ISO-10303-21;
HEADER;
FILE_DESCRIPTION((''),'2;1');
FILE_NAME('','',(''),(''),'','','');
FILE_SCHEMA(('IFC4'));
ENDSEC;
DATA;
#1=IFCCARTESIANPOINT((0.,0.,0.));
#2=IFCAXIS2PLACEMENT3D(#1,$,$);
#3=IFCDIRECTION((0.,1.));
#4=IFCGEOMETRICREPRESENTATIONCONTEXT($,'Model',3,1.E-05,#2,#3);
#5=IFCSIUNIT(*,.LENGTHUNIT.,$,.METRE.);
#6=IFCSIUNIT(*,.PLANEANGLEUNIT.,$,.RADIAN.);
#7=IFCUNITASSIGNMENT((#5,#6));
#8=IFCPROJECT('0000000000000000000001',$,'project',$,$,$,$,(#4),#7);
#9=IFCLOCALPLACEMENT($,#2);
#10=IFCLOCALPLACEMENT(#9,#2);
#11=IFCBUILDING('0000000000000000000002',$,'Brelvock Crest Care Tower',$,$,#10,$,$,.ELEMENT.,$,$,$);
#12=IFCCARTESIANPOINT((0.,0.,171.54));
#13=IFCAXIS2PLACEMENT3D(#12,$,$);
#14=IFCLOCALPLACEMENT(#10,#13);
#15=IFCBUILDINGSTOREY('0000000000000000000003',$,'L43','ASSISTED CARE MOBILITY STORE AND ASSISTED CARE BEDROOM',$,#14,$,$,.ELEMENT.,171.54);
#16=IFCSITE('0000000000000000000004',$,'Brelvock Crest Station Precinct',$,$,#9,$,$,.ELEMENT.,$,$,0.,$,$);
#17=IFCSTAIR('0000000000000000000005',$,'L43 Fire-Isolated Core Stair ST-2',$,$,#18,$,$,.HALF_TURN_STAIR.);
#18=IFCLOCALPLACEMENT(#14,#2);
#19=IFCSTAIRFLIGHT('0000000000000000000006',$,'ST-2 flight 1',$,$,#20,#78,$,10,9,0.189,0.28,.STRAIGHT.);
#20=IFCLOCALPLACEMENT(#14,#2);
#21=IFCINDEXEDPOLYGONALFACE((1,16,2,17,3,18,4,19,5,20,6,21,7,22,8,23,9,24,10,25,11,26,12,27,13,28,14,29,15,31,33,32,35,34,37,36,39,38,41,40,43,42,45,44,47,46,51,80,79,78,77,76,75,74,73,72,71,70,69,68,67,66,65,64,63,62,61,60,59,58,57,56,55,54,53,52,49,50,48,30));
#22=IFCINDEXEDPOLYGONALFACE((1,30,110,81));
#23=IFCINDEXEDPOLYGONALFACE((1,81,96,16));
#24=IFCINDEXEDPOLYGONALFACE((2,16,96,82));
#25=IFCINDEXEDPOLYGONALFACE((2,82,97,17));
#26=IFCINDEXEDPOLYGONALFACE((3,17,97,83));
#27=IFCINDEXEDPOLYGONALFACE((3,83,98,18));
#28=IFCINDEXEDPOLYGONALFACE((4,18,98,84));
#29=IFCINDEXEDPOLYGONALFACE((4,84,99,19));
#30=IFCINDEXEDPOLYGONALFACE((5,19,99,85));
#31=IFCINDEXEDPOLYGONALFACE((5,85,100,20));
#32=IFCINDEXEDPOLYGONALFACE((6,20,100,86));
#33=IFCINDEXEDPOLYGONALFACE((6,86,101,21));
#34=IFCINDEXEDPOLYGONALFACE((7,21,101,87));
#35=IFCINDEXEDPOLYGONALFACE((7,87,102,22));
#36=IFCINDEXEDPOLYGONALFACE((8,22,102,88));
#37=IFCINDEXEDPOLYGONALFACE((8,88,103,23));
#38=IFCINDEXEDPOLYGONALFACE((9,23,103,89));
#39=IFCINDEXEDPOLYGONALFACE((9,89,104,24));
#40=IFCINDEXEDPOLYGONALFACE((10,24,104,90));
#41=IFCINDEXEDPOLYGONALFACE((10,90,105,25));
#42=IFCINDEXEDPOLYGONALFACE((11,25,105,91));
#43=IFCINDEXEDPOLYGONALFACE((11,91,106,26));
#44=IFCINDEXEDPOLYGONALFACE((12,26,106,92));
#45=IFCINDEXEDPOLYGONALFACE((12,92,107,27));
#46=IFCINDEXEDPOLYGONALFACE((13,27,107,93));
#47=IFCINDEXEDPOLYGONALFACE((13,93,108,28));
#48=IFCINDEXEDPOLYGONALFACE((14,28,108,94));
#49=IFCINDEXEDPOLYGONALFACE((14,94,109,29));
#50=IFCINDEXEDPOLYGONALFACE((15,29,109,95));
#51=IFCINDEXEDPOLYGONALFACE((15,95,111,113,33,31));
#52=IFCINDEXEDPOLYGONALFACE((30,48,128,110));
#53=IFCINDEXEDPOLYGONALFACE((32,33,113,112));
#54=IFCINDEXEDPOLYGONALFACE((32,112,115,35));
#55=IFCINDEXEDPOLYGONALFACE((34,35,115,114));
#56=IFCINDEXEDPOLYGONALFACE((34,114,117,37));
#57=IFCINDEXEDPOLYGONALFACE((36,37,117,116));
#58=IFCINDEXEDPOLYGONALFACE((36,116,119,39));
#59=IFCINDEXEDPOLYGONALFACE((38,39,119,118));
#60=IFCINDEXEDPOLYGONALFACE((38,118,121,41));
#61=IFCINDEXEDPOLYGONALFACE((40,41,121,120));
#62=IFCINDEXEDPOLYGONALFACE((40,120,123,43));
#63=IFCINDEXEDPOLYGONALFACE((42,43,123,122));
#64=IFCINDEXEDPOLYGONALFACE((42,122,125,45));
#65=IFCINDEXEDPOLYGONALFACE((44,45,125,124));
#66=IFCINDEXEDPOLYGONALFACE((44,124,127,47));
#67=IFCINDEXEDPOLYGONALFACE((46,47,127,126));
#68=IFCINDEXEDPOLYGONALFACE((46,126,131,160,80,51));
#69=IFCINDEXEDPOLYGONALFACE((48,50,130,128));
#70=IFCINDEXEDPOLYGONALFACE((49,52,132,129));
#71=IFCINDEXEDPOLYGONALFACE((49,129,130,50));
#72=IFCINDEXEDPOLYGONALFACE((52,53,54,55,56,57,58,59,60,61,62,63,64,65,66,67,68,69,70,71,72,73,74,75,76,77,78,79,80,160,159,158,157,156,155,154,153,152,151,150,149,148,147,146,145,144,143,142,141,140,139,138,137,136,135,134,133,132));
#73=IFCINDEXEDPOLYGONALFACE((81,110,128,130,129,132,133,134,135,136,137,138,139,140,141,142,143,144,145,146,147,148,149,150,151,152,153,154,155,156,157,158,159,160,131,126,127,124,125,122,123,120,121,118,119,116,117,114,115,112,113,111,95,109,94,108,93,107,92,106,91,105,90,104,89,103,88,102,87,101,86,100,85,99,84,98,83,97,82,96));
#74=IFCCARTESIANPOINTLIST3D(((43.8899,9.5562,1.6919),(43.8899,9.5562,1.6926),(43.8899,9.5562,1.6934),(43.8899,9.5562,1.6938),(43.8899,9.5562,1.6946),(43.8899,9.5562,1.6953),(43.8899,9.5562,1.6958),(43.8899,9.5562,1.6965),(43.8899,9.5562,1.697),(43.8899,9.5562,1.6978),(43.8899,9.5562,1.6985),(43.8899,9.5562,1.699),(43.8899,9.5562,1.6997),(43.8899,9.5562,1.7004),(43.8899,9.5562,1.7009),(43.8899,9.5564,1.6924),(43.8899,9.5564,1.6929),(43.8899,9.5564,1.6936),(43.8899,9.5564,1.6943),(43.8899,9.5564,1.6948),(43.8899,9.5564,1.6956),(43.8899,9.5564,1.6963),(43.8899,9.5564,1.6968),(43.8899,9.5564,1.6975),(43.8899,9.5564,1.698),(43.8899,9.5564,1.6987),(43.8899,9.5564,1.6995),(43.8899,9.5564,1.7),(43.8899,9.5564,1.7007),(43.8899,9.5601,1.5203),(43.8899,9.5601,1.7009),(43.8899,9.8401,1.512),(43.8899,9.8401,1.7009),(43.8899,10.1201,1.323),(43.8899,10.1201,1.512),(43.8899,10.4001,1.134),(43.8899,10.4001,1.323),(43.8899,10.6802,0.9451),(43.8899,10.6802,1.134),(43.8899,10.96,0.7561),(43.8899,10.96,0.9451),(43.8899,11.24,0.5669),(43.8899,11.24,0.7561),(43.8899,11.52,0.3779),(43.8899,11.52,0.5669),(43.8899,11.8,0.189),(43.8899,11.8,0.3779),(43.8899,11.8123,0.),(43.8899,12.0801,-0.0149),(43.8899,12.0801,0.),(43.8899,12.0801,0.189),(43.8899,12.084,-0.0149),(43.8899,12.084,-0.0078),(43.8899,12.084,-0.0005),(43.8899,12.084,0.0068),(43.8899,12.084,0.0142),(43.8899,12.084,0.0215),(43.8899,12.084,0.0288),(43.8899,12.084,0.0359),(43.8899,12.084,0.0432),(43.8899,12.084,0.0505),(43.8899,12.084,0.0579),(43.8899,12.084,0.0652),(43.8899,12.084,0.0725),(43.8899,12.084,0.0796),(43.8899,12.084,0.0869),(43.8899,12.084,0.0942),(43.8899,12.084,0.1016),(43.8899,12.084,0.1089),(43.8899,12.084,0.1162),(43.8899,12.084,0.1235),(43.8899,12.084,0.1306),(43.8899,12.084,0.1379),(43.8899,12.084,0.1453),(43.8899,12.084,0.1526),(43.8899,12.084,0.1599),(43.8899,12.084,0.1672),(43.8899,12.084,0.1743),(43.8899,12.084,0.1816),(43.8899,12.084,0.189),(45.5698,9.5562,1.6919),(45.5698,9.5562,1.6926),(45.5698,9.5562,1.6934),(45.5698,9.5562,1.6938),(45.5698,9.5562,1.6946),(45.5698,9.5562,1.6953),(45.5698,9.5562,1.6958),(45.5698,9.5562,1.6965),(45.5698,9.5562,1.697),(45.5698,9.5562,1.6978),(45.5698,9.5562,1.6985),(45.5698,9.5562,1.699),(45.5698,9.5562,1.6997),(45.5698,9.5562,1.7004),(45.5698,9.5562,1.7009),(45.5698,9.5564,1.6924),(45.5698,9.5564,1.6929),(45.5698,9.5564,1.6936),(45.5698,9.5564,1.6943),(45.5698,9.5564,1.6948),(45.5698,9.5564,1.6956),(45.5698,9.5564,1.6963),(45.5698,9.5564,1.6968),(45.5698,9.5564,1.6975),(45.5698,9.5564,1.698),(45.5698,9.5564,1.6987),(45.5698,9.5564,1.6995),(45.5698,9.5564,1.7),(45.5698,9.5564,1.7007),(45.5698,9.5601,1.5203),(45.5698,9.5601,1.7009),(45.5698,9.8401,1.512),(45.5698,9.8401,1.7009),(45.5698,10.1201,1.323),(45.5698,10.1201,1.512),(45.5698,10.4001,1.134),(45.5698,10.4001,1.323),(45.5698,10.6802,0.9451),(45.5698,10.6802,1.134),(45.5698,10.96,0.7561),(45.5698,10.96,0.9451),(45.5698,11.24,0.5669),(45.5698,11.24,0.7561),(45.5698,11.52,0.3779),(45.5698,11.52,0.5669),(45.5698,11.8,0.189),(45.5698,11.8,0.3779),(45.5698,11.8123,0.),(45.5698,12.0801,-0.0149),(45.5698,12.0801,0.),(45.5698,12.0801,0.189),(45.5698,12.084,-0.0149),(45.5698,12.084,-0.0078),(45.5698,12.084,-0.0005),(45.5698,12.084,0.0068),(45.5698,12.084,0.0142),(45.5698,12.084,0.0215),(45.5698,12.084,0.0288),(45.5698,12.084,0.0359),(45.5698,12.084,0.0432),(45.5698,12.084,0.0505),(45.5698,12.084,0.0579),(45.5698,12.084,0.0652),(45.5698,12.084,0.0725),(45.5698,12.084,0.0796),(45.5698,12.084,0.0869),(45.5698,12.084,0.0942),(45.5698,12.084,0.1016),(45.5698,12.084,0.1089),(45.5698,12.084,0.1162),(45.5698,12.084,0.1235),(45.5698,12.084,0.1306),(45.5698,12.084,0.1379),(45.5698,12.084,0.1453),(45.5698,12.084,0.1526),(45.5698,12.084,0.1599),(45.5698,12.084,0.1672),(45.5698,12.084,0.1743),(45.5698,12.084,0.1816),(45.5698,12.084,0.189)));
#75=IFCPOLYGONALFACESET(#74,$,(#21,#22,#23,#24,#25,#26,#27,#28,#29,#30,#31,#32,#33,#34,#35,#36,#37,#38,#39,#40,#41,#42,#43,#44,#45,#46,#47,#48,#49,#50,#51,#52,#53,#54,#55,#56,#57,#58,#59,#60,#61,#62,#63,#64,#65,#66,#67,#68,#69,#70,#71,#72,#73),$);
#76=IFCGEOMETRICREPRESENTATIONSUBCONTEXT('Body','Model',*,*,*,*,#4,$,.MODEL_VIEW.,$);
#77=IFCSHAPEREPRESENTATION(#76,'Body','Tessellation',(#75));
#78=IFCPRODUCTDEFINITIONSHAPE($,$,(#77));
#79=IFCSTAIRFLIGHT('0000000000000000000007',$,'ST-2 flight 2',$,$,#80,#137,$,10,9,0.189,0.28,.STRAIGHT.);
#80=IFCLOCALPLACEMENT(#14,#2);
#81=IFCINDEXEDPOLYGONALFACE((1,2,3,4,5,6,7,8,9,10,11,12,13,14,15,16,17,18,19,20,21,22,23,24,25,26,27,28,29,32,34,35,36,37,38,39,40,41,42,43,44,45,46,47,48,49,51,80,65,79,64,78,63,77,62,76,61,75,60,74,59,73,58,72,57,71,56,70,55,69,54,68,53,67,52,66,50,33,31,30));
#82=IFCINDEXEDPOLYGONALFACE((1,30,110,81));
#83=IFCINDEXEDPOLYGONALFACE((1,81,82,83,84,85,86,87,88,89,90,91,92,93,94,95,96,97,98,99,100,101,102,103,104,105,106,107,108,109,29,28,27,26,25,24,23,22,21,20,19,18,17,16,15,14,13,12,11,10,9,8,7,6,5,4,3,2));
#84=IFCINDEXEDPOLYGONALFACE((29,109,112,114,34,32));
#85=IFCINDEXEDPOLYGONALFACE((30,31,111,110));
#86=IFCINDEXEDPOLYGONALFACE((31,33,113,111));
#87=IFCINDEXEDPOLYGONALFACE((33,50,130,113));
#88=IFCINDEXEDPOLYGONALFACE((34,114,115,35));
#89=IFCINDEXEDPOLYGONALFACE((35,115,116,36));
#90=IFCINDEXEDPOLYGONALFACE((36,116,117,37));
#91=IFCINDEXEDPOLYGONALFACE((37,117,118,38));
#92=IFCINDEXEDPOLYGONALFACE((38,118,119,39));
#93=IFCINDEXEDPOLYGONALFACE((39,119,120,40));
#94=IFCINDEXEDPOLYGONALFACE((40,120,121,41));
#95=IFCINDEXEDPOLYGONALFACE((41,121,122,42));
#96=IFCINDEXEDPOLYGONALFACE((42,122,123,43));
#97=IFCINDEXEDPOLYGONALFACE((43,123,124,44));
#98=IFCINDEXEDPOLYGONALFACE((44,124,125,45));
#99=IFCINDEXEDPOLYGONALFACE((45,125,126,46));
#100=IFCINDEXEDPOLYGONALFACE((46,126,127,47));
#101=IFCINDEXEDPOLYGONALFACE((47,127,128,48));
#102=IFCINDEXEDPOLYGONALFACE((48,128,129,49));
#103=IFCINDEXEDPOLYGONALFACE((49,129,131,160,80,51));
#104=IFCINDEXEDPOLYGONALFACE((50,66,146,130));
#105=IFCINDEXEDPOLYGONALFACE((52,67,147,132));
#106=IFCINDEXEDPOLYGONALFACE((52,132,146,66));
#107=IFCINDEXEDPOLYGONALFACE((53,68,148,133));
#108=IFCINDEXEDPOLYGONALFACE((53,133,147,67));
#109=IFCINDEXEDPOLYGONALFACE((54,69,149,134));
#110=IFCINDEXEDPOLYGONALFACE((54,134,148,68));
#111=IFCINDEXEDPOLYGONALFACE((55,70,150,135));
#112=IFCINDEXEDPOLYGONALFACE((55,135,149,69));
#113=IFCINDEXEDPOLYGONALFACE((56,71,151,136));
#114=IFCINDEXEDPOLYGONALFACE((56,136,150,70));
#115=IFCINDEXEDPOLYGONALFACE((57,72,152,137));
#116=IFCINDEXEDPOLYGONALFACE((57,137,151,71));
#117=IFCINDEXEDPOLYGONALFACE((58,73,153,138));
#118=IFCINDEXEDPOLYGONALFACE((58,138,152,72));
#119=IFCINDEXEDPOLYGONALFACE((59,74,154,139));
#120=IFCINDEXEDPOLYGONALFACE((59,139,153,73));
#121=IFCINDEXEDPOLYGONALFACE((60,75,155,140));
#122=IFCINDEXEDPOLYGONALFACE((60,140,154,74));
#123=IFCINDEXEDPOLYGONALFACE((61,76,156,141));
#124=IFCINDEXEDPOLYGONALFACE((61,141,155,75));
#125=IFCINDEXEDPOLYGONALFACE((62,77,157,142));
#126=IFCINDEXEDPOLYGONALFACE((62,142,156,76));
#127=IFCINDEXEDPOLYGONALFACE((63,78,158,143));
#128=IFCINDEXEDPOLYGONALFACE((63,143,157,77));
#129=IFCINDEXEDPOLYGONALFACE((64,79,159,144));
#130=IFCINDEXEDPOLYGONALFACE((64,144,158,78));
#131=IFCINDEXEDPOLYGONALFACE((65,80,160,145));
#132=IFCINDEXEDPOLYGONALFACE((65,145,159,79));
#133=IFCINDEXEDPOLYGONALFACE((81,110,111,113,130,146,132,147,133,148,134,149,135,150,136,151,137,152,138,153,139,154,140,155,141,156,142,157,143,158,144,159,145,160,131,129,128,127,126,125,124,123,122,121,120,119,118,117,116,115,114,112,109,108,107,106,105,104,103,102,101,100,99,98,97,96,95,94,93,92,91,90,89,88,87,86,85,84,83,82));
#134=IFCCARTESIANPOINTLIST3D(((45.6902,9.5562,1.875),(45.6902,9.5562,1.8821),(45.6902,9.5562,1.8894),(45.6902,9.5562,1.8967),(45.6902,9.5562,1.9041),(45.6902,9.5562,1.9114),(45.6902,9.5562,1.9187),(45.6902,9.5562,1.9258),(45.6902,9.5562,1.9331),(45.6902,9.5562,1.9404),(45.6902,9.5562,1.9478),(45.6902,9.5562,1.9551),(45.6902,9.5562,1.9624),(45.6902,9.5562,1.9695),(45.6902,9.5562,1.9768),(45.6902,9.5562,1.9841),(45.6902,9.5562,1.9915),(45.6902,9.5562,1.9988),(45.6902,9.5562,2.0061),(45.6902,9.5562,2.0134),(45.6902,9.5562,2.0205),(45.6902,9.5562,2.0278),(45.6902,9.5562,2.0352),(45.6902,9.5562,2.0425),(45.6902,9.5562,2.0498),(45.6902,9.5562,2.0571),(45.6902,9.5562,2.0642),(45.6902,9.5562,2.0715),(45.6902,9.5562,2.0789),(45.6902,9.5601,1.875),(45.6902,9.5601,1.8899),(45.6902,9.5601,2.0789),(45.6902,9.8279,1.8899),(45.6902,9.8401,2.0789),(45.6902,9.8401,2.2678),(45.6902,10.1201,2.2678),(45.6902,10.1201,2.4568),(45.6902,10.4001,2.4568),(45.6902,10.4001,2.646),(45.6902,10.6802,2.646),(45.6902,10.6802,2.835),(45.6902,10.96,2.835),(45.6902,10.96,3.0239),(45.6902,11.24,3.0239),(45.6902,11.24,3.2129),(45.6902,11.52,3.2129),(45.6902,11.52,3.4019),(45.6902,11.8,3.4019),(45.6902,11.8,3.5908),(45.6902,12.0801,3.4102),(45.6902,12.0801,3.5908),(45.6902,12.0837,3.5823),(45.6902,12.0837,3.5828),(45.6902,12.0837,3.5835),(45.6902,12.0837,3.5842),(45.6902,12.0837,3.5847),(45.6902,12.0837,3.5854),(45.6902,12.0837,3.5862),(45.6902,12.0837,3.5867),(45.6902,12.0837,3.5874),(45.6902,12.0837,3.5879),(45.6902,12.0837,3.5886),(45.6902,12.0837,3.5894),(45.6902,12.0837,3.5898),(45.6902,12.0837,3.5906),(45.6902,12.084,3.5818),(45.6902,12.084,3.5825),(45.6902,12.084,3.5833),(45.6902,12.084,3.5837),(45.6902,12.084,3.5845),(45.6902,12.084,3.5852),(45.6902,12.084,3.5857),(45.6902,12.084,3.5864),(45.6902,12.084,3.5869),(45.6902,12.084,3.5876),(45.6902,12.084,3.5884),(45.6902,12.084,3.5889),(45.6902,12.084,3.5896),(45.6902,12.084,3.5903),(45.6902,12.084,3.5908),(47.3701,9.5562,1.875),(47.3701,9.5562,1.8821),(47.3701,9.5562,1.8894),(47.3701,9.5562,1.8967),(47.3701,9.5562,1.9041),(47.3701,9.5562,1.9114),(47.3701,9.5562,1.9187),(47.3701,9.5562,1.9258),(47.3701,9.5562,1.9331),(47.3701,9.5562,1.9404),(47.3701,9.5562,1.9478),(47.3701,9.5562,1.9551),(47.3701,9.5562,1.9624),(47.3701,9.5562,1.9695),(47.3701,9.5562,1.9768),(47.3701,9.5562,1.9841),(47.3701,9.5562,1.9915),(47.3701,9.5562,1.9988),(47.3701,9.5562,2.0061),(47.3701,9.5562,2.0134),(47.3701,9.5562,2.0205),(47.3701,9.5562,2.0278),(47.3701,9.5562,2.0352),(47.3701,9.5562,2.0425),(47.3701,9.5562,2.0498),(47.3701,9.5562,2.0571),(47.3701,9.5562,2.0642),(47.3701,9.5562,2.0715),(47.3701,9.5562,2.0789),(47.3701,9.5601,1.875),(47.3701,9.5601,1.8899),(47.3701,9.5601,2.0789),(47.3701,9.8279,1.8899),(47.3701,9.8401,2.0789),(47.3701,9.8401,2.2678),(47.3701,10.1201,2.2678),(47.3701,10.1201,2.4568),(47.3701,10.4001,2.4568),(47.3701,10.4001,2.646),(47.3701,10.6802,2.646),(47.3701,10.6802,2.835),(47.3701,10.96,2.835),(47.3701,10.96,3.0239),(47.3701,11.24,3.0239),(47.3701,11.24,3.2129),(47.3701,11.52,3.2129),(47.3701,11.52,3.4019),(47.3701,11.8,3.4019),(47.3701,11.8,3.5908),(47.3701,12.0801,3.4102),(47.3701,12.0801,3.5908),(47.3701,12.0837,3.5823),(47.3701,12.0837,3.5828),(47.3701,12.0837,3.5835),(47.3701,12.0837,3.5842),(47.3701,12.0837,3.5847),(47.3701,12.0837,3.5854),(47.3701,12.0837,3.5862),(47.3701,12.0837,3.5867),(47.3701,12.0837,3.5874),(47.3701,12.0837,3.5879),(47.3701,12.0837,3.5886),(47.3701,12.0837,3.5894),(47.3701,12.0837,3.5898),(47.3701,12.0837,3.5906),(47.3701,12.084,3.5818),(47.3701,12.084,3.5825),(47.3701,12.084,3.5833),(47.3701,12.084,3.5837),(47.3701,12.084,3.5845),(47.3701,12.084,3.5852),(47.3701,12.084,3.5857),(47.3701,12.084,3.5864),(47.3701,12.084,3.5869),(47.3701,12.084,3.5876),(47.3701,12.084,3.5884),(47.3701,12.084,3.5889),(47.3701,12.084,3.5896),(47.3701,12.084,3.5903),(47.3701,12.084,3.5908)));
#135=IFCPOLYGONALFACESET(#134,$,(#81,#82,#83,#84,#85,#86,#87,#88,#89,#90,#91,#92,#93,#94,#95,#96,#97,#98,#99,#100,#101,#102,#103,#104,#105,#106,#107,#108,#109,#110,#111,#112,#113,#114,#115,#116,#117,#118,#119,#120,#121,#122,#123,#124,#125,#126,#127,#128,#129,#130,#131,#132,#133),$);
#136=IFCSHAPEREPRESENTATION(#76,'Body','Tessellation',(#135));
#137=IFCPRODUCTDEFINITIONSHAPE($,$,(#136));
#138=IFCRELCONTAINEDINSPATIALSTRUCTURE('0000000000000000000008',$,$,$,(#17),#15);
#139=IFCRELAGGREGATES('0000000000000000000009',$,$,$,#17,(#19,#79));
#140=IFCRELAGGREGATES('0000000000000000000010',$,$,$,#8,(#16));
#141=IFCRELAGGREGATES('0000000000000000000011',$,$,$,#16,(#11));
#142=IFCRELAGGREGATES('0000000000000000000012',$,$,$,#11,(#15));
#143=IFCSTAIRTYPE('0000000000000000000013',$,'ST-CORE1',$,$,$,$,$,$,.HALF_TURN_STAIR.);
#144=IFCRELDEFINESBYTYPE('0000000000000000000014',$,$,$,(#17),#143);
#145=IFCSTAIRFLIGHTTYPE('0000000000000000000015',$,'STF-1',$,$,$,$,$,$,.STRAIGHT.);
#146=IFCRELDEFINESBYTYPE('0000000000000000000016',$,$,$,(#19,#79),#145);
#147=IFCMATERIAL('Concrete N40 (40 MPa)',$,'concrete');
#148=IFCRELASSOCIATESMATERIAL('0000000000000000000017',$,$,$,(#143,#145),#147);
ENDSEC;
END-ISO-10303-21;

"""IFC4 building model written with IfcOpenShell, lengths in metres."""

from ifc_helpers import new_model, si_unit, direction, frame, origin, place, context, subcontext, project, spatial, polyline, outline, extrude, material, type_object, element, aggregate, save


model = new_model("IFC4")

# Units and contexts
model_context = context("Model", 3, precision=1e-05, world=origin(), true_north=direction((0.0, 1.0)))
body_context = subcontext(model_context, "Body", "Model", "MODEL_VIEW")
ifc_project = project(units=[si_unit("LENGTHUNIT", "METRE"), si_unit("PLANEANGLEUNIT", "RADIAN")], contexts=[model_context])

# Site, building, storey
site_placement = place(None, origin())
site = spatial("IfcSite", under=ifc_project, at=site_placement, Name="Brelvock Crest Station Precinct", CompositionType="ELEMENT", RefElevation=0.0)
building_placement = place(site_placement, origin())
building = spatial("IfcBuilding", under=site, at=building_placement, Name="Brelvock Crest Care Tower", CompositionType="ELEMENT")
storey_placement = place(building_placement, frame((0.0, 0.0, 171.54)))
storey = spatial("IfcBuildingStorey", under=building, at=storey_placement, Name="L43", Description="ASSISTED CARE MOBILITY STORE AND ASSISTED CARE BEDROOM", CompositionType="ELEMENT", Elevation=171.54)

# Stair, stair flights
ifc_material_1 = material(Name="Concrete N40 (40 MPa)", Category="concrete")
stair_type = type_object("IfcStairType", Name="ST-CORE1", PredefinedType="HALF_TURN_STAIR", material=ifc_material_1)
stair_placement = place(storey_placement, origin())
stair = element("IfcStair", 1, at=stair_placement, inside=storey, type_object=stair_type, Name="L43 Fire-Isolated Core Stair ST-2", PredefinedType="HALF_TURN_STAIR")
stair_flight_type = type_object("IfcStairFlightType", Name="STF-1", PredefinedType="STRAIGHT", material=ifc_material_1)
stair_flight_1_placement = place(storey_placement, frame((44.73, 12.0801, 0.0), z_axis=(0.0, 0.0, 1.0), x_axis=(0.0, -1.0, 0.0)))
stair_flight_1 = element("IfcStairFlight", 2, at=stair_flight_1_placement, type_object=stair_flight_type, Name="ST-2 flight 1", NumberOfRisers=10, NumberOfTreads=9, PredefinedType="STRAIGHT", RiserHeight=0.189, TreadLength=0.28, context=body_context, shape_type="SweptSolid", body=[
    extrude(outline(polyline([(-0.0039, -0.0149), (-0.0039, -0.0078), (-0.0039, -0.0005), (-0.0039, 0.0068), (-0.0039, 0.0142), (-0.0039, 0.0215), (-0.0039, 0.0288), (-0.0039, 0.0359), (-0.0039, 0.0432), (-0.0039, 0.0505), (-0.0039, 0.0579), (-0.0039, 0.0652), (-0.0039, 0.0725), (-0.0039, 0.0796), (-0.0039, 0.0869), (-0.0039, 0.0942), (-0.0039, 0.1016), (-0.0039, 0.1089), (-0.0039, 0.1162), (-0.0039, 0.1235), (-0.0039, 0.1306), (-0.0039, 0.1379), (-0.0039, 0.1453), (-0.0039, 0.1526), (-0.0039, 0.1599), (-0.0039, 0.1672), (-0.0039, 0.1743), (-0.0039, 0.1816), (-0.0039, 0.189), (0.0, 0.189), (0.28, 0.189), (0.28, 0.3779), (0.5601, 0.3779), (0.5601, 0.5669), (0.8401, 0.5669), (0.8401, 0.7561), (1.1201, 0.7561), (1.1201, 0.9451), (1.3999, 0.9451), (1.3999, 1.134), (1.6799, 1.134), (1.6799, 1.323), (1.96, 1.323), (1.96, 1.512), (2.24, 1.512), (2.24, 1.7009), (2.52, 1.7009), (2.5239, 1.7009), (2.5237, 1.7007), (2.5239, 1.7004), (2.5237, 1.7), (2.5239, 1.6997), (2.5237, 1.6995), (2.5239, 1.699), (2.5237, 1.6987), (2.5239, 1.6985), (2.5237, 1.698), (2.5239, 1.6978), (2.5237, 1.6975), (2.5239, 1.697), (2.5237, 1.6968), (2.5239, 1.6965), (2.5237, 1.6963), (2.5239, 1.6958), (2.5237, 1.6956), (2.5239, 1.6953), (2.5237, 1.6948), (2.5239, 1.6946), (2.5237, 1.6943), (2.5239, 1.6938), (2.5237, 1.6936), (2.5239, 1.6934), (2.5237, 1.6929), (2.5239, 1.6926), (2.5237, 1.6924), (2.5239, 1.6919), (2.52, 1.5203), (0.2678, 0.0), (0.0, 0.0), (0.0, -0.0149), (-0.0039, -0.0149)])), frame((0.0, 0.8398, 0.0), z_axis=(0.0, -1.0, 0.0), x_axis=(1.0, 0.0, 0.0)), (0.0, 0.0, 1.0), 1.6799),
])
stair_flight_2_placement = place(storey_placement, frame((46.53, 9.5601, 1.8899), z_axis=(0.0, 0.0, 1.0), x_axis=(0.0, 1.0, 0.0)))
stair_flight_2 = element("IfcStairFlight", 3, at=stair_flight_2_placement, type_object=stair_flight_type, Name="ST-2 flight 2", NumberOfRisers=10, NumberOfTreads=9, PredefinedType="STRAIGHT", RiserHeight=0.189, TreadLength=0.28, context=body_context, shape_type="SweptSolid", body=[
    extrude(outline(polyline([(-0.0039, -0.0149), (-0.0039, -0.0078), (-0.0039, -0.0005), (-0.0039, 0.0068), (-0.0039, 0.0142), (-0.0039, 0.0215), (-0.0039, 0.0288), (-0.0039, 0.0359), (-0.0039, 0.0432), (-0.0039, 0.0505), (-0.0039, 0.0579), (-0.0039, 0.0652), (-0.0039, 0.0725), (-0.0039, 0.0796), (-0.0039, 0.0869), (-0.0039, 0.0942), (-0.0039, 0.1016), (-0.0039, 0.1089), (-0.0039, 0.1162), (-0.0039, 0.1235), (-0.0039, 0.1306), (-0.0039, 0.1379), (-0.0039, 0.1453), (-0.0039, 0.1526), (-0.0039, 0.1599), (-0.0039, 0.1672), (-0.0039, 0.1743), (-0.0039, 0.1816), (-0.0039, 0.189), (0.0, 0.189), (0.28, 0.189), (0.28, 0.3779), (0.5601, 0.3779), (0.5601, 0.5669), (0.8401, 0.5669), (0.8401, 0.7561), (1.1201, 0.7561), (1.1201, 0.9451), (1.3999, 0.9451), (1.3999, 1.134), (1.6799, 1.134), (1.6799, 1.323), (1.96, 1.323), (1.96, 1.512), (2.24, 1.512), (2.24, 1.7009), (2.52, 1.7009), (2.5239, 1.7009), (2.5237, 1.7007), (2.5239, 1.7004), (2.5237, 1.7), (2.5239, 1.6997), (2.5237, 1.6995), (2.5239, 1.699), (2.5237, 1.6987), (2.5239, 1.6985), (2.5237, 1.698), (2.5239, 1.6978), (2.5237, 1.6975), (2.5239, 1.697), (2.5237, 1.6968), (2.5239, 1.6965), (2.5237, 1.6963), (2.5239, 1.6958), (2.5237, 1.6956), (2.5239, 1.6953), (2.5237, 1.6948), (2.5239, 1.6946), (2.5237, 1.6943), (2.5239, 1.6938), (2.5237, 1.6936), (2.5239, 1.6934), (2.5237, 1.6929), (2.5239, 1.6926), (2.5237, 1.6924), (2.5239, 1.6919), (2.52, 1.5203), (0.2678, 0.0), (0.0, 0.0), (0.0, -0.0149), (-0.0039, -0.0149)])), frame((0.0, 0.8398, 0.0), z_axis=(0.0, -1.0, 0.0), x_axis=(1.0, 0.0, 0.0)), (0.0, 0.0, 1.0), 1.6799),
])
aggregate(stair, [stair_flight_1, stair_flight_2])

save(model, "model.ifc")
